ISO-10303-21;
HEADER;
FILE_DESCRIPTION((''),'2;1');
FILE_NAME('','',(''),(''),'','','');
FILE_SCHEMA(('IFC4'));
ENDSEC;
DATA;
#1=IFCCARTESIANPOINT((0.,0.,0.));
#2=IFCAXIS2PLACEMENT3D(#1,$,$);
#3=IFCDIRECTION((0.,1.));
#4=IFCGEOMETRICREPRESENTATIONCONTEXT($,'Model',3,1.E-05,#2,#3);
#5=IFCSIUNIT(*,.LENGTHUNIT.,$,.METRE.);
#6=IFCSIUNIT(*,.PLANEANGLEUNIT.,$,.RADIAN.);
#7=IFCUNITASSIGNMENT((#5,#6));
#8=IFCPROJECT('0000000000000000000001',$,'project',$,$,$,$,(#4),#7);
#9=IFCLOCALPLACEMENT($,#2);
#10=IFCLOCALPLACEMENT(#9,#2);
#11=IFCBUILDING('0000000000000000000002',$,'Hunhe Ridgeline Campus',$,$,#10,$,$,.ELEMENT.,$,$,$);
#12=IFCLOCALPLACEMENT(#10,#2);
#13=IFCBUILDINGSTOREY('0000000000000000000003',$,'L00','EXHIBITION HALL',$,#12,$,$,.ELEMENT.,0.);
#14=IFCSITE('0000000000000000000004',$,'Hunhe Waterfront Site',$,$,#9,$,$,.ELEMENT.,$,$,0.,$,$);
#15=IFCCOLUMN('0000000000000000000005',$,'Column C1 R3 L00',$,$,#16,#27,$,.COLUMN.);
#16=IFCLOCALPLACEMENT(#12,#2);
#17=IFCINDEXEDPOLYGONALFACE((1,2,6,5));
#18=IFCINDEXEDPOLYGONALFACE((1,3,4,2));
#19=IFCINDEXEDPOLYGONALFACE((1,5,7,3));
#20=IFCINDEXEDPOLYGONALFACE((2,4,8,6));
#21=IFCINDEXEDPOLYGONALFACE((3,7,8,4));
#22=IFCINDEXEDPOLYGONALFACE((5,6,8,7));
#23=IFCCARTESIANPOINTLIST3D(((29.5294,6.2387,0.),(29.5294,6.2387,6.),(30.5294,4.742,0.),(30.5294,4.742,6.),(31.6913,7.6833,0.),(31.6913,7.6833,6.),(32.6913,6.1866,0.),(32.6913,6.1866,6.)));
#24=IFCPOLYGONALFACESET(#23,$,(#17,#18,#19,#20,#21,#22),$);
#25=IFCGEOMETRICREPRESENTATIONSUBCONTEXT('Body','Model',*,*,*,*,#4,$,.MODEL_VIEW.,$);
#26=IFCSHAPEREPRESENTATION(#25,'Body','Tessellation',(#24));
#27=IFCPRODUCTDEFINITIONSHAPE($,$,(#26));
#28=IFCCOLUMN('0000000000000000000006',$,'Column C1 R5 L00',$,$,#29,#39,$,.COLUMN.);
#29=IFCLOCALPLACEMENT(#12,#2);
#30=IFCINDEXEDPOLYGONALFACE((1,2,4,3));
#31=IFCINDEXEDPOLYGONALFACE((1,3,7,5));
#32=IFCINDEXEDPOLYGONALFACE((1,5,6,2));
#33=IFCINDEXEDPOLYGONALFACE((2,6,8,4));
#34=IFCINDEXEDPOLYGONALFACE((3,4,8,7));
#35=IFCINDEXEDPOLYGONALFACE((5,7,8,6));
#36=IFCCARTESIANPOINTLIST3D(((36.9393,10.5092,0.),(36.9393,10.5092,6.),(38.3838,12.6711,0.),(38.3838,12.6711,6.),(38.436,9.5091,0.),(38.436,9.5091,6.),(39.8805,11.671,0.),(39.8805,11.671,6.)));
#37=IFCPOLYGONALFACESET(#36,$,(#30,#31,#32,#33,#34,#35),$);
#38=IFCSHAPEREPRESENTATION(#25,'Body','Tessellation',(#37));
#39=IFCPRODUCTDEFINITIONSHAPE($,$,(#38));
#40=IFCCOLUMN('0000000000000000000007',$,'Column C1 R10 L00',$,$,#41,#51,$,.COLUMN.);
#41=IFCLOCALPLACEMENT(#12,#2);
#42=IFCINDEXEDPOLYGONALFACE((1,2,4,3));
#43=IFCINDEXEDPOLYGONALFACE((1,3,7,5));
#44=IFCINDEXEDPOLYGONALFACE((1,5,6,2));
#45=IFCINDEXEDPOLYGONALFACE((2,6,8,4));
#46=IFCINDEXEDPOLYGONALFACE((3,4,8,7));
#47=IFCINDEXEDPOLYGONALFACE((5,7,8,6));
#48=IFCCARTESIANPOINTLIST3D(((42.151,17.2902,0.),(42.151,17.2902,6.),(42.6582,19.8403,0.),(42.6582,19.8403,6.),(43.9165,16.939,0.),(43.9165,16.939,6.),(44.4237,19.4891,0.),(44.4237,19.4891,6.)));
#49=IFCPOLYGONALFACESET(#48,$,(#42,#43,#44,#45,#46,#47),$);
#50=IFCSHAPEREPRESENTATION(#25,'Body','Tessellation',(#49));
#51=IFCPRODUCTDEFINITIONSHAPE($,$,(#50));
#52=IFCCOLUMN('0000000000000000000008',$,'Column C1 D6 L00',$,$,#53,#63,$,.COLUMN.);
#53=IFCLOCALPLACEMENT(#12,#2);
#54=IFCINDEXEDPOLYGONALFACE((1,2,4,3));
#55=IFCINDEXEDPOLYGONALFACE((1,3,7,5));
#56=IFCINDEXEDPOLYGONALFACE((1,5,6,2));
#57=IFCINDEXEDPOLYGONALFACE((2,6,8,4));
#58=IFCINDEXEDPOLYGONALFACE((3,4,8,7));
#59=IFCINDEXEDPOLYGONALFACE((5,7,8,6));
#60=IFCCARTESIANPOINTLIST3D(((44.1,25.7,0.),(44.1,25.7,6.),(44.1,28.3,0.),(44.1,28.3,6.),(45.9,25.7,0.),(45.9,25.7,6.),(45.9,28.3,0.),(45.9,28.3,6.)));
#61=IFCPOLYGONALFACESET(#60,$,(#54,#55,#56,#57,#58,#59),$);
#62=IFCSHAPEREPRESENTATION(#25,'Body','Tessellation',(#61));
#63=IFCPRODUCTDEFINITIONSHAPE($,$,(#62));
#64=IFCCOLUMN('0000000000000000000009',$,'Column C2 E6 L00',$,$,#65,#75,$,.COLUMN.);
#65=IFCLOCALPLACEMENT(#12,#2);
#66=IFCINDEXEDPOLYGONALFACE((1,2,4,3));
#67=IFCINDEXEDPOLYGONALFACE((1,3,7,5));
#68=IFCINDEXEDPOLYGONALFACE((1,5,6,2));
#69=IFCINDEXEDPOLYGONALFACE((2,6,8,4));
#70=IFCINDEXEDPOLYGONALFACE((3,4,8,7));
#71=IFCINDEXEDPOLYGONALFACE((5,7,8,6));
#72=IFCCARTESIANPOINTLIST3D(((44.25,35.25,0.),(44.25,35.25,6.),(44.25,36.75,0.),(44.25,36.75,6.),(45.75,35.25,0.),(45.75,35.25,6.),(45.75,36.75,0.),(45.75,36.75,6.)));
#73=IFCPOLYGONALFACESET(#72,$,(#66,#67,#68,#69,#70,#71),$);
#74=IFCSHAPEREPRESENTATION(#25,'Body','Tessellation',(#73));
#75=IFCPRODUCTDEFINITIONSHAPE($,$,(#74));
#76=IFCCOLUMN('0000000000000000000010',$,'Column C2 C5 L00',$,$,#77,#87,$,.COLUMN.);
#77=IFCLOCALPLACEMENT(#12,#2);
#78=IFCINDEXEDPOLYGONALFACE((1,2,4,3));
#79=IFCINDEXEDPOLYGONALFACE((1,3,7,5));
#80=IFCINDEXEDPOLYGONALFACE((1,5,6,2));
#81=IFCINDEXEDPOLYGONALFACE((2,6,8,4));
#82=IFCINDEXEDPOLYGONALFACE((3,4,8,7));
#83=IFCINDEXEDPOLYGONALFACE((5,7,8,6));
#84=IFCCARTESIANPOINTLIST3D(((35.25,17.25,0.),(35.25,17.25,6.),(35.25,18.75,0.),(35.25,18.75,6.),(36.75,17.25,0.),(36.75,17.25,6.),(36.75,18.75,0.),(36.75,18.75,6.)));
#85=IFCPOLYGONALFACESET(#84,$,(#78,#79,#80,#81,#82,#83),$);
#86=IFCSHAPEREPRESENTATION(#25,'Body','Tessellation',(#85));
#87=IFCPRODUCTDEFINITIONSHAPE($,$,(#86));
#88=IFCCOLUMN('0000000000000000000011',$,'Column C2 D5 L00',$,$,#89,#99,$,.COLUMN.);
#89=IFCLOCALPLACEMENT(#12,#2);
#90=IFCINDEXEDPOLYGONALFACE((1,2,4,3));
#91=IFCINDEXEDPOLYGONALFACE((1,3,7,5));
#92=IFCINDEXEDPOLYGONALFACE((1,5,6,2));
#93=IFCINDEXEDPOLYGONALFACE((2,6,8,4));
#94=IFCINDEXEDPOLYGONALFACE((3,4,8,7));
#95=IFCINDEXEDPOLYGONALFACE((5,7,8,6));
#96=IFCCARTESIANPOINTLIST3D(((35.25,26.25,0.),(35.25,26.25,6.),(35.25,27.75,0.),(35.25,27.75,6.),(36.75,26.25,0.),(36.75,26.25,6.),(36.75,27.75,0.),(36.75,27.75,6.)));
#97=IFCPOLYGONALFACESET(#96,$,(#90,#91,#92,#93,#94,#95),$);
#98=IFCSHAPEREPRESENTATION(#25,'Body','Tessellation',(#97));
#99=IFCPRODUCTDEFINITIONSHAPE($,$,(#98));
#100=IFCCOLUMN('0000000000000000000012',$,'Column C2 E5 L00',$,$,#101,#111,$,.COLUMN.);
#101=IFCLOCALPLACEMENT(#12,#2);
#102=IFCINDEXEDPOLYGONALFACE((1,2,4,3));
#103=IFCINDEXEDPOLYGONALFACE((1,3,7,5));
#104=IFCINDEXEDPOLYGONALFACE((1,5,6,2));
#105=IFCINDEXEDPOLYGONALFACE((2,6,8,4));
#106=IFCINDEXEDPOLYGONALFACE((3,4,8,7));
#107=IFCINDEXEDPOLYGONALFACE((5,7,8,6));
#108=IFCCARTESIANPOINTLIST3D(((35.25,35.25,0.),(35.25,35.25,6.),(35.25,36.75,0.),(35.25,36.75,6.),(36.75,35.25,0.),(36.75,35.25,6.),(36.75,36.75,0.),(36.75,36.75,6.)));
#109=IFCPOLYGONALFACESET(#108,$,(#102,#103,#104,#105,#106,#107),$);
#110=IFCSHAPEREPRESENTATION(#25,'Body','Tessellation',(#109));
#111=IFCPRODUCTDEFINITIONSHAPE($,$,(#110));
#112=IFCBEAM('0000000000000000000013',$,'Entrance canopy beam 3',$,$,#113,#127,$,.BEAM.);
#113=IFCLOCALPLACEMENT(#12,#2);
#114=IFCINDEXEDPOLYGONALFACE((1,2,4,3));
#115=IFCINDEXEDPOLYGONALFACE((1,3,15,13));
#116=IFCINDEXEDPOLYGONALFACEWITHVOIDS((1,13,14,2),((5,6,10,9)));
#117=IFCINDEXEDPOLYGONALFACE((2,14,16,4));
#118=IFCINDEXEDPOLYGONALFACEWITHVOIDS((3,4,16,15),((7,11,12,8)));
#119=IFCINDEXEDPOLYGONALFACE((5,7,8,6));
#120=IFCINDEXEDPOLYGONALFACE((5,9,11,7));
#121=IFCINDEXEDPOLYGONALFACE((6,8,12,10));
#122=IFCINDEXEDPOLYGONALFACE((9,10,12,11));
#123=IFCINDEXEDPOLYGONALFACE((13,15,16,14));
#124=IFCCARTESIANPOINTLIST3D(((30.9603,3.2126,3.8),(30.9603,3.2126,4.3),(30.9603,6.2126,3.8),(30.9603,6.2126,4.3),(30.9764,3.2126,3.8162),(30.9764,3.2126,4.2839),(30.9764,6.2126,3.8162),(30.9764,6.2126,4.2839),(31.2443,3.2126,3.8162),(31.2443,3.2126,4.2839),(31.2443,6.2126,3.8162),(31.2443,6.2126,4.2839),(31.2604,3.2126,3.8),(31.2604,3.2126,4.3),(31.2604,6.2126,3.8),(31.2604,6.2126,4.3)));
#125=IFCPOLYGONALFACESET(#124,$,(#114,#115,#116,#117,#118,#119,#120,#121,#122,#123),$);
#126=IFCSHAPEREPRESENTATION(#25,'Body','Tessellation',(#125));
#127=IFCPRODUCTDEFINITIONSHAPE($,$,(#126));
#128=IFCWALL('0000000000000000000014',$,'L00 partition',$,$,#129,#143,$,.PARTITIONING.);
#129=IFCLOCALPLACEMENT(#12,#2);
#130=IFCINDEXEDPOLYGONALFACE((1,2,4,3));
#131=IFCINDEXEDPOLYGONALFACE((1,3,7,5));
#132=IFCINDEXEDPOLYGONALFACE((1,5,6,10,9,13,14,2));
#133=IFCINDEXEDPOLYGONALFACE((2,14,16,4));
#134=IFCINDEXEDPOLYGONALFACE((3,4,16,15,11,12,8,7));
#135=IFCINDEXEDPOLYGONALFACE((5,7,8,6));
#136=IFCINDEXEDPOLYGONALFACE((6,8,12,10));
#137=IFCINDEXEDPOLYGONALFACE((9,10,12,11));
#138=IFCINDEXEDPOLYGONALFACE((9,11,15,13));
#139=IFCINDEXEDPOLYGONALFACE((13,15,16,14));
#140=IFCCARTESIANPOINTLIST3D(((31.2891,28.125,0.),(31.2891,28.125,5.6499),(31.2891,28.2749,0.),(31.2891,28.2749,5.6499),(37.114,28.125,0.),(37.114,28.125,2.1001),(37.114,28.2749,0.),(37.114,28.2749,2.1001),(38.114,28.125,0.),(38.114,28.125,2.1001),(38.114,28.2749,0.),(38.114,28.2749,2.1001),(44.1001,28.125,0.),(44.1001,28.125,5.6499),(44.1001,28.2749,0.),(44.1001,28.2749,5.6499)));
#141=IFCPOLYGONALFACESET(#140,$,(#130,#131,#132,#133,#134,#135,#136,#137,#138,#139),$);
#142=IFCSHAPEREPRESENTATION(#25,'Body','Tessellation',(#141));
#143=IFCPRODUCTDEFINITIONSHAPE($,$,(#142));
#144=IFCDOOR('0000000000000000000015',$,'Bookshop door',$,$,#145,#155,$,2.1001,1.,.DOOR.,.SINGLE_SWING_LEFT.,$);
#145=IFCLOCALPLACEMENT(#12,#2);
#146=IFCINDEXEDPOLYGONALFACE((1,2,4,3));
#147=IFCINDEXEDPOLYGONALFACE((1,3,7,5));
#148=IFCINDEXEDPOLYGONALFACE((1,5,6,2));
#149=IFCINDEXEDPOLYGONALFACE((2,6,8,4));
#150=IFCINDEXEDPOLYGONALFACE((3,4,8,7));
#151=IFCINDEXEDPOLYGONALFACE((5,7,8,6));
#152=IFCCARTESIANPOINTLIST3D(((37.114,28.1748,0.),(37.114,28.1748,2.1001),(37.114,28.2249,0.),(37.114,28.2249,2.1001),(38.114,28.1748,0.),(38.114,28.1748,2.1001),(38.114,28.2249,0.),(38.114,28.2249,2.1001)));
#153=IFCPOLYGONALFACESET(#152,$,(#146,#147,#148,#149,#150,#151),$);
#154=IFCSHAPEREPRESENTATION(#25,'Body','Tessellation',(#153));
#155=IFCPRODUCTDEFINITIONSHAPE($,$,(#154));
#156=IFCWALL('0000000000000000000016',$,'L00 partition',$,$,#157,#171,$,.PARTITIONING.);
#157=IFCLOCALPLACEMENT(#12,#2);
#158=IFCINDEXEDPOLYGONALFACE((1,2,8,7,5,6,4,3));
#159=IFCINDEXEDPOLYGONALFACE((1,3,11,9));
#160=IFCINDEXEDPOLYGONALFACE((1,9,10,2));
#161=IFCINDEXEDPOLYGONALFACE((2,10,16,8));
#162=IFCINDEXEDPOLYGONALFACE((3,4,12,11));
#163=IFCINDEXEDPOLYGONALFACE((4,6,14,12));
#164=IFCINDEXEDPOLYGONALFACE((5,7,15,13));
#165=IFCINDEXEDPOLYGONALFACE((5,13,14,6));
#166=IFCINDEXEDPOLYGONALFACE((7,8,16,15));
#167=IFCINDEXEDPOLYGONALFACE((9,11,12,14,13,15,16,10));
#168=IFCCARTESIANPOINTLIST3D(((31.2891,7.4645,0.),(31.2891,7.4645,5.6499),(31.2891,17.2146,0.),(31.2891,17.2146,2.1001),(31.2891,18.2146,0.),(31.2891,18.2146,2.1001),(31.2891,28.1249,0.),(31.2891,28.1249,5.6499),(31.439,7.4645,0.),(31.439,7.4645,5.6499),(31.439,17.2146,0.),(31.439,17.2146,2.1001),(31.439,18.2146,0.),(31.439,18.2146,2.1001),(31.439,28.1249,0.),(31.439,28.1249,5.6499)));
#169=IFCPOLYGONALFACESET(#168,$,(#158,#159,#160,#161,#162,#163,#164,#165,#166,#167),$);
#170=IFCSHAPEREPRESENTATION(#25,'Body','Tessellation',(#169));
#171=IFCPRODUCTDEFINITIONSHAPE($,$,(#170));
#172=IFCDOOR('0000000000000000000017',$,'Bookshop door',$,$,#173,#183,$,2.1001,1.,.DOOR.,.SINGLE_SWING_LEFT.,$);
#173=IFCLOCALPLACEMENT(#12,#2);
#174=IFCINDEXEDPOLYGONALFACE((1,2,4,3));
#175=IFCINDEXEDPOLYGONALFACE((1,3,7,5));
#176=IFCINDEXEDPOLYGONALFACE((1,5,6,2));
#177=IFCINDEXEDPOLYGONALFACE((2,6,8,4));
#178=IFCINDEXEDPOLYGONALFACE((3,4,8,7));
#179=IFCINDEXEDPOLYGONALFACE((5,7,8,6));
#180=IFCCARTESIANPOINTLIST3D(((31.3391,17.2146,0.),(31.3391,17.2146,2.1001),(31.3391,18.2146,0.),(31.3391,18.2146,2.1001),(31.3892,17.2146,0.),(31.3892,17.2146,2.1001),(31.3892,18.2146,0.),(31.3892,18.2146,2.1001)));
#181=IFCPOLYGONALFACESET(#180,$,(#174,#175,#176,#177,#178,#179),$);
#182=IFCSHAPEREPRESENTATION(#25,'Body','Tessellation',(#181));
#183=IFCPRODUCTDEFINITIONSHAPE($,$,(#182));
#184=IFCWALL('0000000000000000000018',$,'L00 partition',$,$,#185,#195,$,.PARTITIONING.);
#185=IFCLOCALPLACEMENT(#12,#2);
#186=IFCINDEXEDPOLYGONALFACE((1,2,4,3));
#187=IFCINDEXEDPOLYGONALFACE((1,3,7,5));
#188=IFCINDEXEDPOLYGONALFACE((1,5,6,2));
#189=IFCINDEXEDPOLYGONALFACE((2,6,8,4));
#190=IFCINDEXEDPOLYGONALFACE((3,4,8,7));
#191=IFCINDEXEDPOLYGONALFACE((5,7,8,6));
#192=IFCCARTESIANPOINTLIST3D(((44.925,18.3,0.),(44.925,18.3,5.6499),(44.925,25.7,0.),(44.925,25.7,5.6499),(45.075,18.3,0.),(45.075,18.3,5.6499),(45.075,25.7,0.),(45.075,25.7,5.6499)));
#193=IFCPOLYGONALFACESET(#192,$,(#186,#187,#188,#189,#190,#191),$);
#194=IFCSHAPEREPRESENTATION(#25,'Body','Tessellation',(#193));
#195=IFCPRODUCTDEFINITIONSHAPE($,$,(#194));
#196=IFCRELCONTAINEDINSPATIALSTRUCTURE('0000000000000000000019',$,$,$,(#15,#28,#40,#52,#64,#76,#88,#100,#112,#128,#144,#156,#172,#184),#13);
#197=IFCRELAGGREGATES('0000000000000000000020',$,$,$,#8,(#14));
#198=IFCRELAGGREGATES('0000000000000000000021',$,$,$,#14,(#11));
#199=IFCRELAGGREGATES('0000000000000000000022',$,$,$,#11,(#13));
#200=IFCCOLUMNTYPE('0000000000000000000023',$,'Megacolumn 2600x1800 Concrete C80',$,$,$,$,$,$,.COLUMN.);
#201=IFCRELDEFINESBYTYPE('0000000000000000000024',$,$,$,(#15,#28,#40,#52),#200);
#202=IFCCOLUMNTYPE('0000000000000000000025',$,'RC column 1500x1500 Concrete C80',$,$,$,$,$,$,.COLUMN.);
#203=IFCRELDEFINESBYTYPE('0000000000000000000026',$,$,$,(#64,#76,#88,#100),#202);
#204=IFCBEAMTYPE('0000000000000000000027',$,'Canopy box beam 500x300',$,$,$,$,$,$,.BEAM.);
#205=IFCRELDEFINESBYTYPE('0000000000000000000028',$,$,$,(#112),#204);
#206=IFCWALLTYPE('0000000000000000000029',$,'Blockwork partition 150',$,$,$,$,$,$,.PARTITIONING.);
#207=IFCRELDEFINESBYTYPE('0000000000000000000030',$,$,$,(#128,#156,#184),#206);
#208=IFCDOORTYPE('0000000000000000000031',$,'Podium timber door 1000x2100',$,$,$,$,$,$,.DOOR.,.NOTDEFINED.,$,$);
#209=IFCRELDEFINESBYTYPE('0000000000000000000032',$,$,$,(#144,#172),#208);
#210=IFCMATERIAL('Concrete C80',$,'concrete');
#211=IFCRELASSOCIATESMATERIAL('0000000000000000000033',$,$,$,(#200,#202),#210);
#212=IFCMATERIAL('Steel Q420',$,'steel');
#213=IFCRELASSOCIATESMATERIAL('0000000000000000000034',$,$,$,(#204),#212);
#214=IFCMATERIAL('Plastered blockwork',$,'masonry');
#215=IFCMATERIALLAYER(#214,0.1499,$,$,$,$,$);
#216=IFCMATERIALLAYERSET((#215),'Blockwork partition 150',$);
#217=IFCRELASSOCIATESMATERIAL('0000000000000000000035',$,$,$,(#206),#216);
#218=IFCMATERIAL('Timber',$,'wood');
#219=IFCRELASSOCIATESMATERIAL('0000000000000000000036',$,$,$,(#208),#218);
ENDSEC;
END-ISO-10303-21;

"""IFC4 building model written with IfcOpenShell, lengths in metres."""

from ifc_helpers import new_model, si_unit, direction, frame, frame_2d, origin, origin_2d, place, context, subcontext, project, spatial, rectangle, hollow_rectangle, extrude, material, layer, layer_set, material_profile, profile_set, type_object, element, fill, save


model = new_model("IFC4")

# Units and contexts
model_context = context("Model", 3, precision=1e-05, world=origin(), true_north=direction((0.0, 1.0)))
body_context = subcontext(model_context, "Body", "Model", "MODEL_VIEW")
ifc_project = project(units=[si_unit("LENGTHUNIT", "METRE"), si_unit("PLANEANGLEUNIT", "RADIAN")], contexts=[model_context])

# Site, building, storey
site_placement = place(None, origin())
site = spatial("IfcSite", under=ifc_project, at=site_placement, Name="Hunhe Waterfront Site", CompositionType="ELEMENT", RefElevation=0.0)
building_placement = place(site_placement, origin())
building = spatial("IfcBuilding", under=site, at=building_placement, Name="Hunhe Ridgeline Campus", CompositionType="ELEMENT")
storey_placement = place(building_placement, origin())
storey = spatial("IfcBuildingStorey", under=building, at=storey_placement, Name="L00", Description="EXHIBITION HALL", CompositionType="ELEMENT", Elevation=0.0)

# Columns
ifc_material_1 = material(Name="Concrete C80", Category="concrete")
ifc_material_profile_1 = material_profile(ifc_material_1, rectangle(XDim=2.6001, YDim=1.8, at=origin_2d()))
ifc_profile_set_1 = profile_set([ifc_material_profile_1], Name="Concrete C80")
column_type_1 = type_object("IfcColumnType", Name="Megacolumn 2600x1800 Concrete C80", PredefinedType="COLUMN", material=ifc_profile_set_1)
for number, where, z_axis, x_axis, name in (
    (1, (31.1104, 6.2126, 0.0), (0.0, 0.0, 1.0), (0.83147, 0.55557, 0.0), "Column C1 R3 L00"),
    (2, (38.4099, 11.0901, 0.0), (0.0, 0.0, 1.0), (0.55557, 0.83147, 0.0), "Column C1 R5 L00"),
    (3, (43.2874, 18.3896, 0.0), (0.0, 0.0, 1.0), (0.19509, 0.980785, 0.0), "Column C1 R10 L00"),
    (4, (45.0, 27.0, 0.0), (0.0, 0.0, 1.0), (0.0, 1.0, 0.0), "Column C1 D6 L00"),
):
    element("IfcColumn", number, at=place(storey_placement, frame(where, z_axis=z_axis, x_axis=x_axis)), inside=storey, type_object=column_type_1, Name=name, PredefinedType="COLUMN", context=body_context, shape_type="SweptSolid", body=[
        extrude(rectangle(XDim=2.6001, YDim=1.8, at=origin_2d()), origin(), (0.0, 0.0, 1.0), 6.0),
    ])
ifc_material_profile_2 = material_profile(ifc_material_1, rectangle(XDim=1.5, YDim=1.5, at=origin_2d()))
ifc_profile_set_2 = profile_set([ifc_material_profile_2], Name="Concrete C80")
column_type_2 = type_object("IfcColumnType", Name="RC column 1500x1500 Concrete C80", PredefinedType="COLUMN", material=ifc_profile_set_2)
for number, where, z_axis, x_axis, name in (
    (5, (45.0, 36.0, 0.0), (0.0, 0.0, 1.0), (1.0, 0.0, 0.0), "Column C2 E6 L00"),
    (6, (36.0, 18.0, 0.0), (0.0, 0.0, 1.0), (1.0, 0.0, 0.0), "Column C2 C5 L00"),
    (7, (36.0, 27.0, 0.0), (0.0, 0.0, 1.0), (1.0, 0.0, 0.0), "Column C2 D5 L00"),
    (8, (36.0, 36.0, 0.0), (0.0, 0.0, 1.0), (1.0, 0.0, 0.0), "Column C2 E5 L00"),
):
    element("IfcColumn", number, at=place(storey_placement, frame(where, z_axis=z_axis, x_axis=x_axis)), inside=storey, type_object=column_type_2, Name=name, PredefinedType="COLUMN", context=body_context, shape_type="SweptSolid", body=[
        extrude(rectangle(XDim=1.5, YDim=1.5, at=origin_2d()), origin(), (0.0, 0.0, 1.0), 6.0),
    ])

# Beam
ifc_material_2 = material(Name="Steel Q420", Category="steel")
ifc_material_profile_3 = material_profile(ifc_material_2, hollow_rectangle(XDim=0.3, YDim=0.5, WallThickness=0.0161, at=origin_2d()))
ifc_profile_set_3 = profile_set([ifc_material_profile_3], Name="Steel Q420")
beam_type = type_object("IfcBeamType", Name="Canopy box beam 500x300", PredefinedType="BEAM", material=ifc_profile_set_3)
beam_placement = place(storey_placement, frame((31.1104, 6.2126, 4.05), z_axis=(0.0, -1.0, 0.0), x_axis=(1.0, 0.0, 0.0)))
element("IfcBeam", 9, at=beam_placement, inside=storey, type_object=beam_type, Name="Entrance canopy beam 3", PredefinedType="BEAM", context=body_context, shape_type="SweptSolid", body=[
    extrude(hollow_rectangle(XDim=0.3, YDim=0.5, WallThickness=0.0161, at=origin_2d()), origin(), (0.0, 0.0, 1.0), 3.0),
])

# Walls, openings, doors
ifc_material_3 = material(Name="Plastered blockwork", Category="masonry")
ifc_layer_1 = layer(ifc_material_3, 0.1499)
ifc_layer_set_1 = layer_set([ifc_layer_1], Name="Blockwork partition 150")
wall_type_1 = type_object("IfcWallType", Name="Blockwork partition 150", PredefinedType="PARTITIONING", material=ifc_layer_set_1)
wall_1_placement = place(storey_placement, frame((31.2891, 28.2, 0.0), z_axis=(0.0, 0.0, 1.0), x_axis=(1.0, 0.0, 0.0)))
wall_1 = element("IfcWall", 10, at=wall_1_placement, inside=storey, type_object=wall_type_1, Name="L00 partition", PredefinedType="PARTITIONING", context=body_context, shape_type="SweptSolid", body=[
    extrude(rectangle(XDim=12.811, YDim=0.1499, at=frame_2d((6.4055, 0.0))), origin(), (0.0, 0.0, 1.0), 5.6499),
])
opening_1_placement = place(wall_1_placement, frame((5.825, 0.0, 0.0)))
opening_1 = element("IfcOpeningElement", 11, at=opening_1_placement, cuts=wall_1, PredefinedType="OPENING", context=body_context, shape_type="SweptSolid", body=[
    extrude(rectangle(XDim=1.0, YDim=2.1001, at=frame_2d((0.5, 1.05))), frame((0.0, 0.075, 0.0), z_axis=(0.0, -1.0, 0.0), x_axis=(1.0, 0.0, 0.0)), (0.0, 0.0, 1.0), 0.1499),
])
ifc_material_4 = material(Name="Timber", Category="wood")
door_type_1 = type_object("IfcDoorType", Name="Podium timber door 1000x2100", OperationType="NOTDEFINED", PredefinedType="DOOR", material=ifc_material_4)
door_1_placement = place(opening_1_placement, origin())
door_1 = element("IfcDoor", 12, at=door_1_placement, inside=storey, type_object=door_type_1, Name="Bookshop door", OperationType="SINGLE_SWING_LEFT", OverallHeight=2.1001, OverallWidth=1.0, PredefinedType="DOOR", context=body_context, shape_type="SweptSolid", body=[
    extrude(rectangle(XDim=1.0, YDim=2.1001, at=frame_2d((0.5, 1.05))), frame((0.0, 0.0249, 0.0), z_axis=(0.0, -1.0, 0.0), x_axis=(1.0, 0.0, 0.0)), (0.0, 0.0, 1.0), 0.05),
])
fill(opening_1, door_1)
wall_2_placement = place(storey_placement, frame((31.364, 7.4646, 0.0), z_axis=(0.0, 0.0, 1.0), x_axis=(0.0, 1.0, 0.0)))
wall_2 = element("IfcWall", 13, at=wall_2_placement, inside=storey, type_object=wall_type_1, Name="L00 partition", PredefinedType="PARTITIONING", context=body_context, shape_type="SweptSolid", body=[
    extrude(rectangle(XDim=20.6604, YDim=0.1499, at=frame_2d((10.3301, 0.0))), origin(), (0.0, 0.0, 1.0), 5.6499),
])
opening_2_placement = place(wall_2_placement, frame((9.75, 0.0, 0.0)))
opening_2 = element("IfcOpeningElement", 14, at=opening_2_placement, cuts=wall_2, PredefinedType="OPENING", context=body_context, shape_type="SweptSolid", body=[
    extrude(rectangle(XDim=1.0, YDim=2.1001, at=frame_2d((0.5, 1.05))), frame((0.0, 0.075, 0.0), z_axis=(0.0, -1.0, 0.0), x_axis=(1.0, 0.0, 0.0)), (0.0, 0.0, 1.0), 0.1499),
])
door_2_placement = place(opening_2_placement, origin())
door_2 = element("IfcDoor", 15, at=door_2_placement, inside=storey, type_object=door_type_1, Name="Bookshop door", OperationType="SINGLE_SWING_LEFT", OverallHeight=2.1001, OverallWidth=1.0, PredefinedType="DOOR", context=body_context, shape_type="SweptSolid", body=[
    extrude(rectangle(XDim=1.0, YDim=2.1001, at=frame_2d((0.5, 1.05))), frame((0.0, 0.0249, 0.0), z_axis=(0.0, -1.0, 0.0), x_axis=(1.0, 0.0, 0.0)), (0.0, 0.0, 1.0), 0.05),
])
fill(opening_2, door_2)

# Wall
wall_3_placement = place(storey_placement, frame((45.0, 25.7, 0.0), z_axis=(0.0, 0.0, 1.0), x_axis=(0.0, -1.0, 0.0)))
element("IfcWall", 16, at=wall_3_placement, inside=storey, type_object=wall_type_1, Name="L00 partition", PredefinedType="PARTITIONING", context=body_context, shape_type="SweptSolid", body=[
    extrude(rectangle(XDim=7.3999, YDim=0.1499, at=frame_2d((3.7, 0.0))), origin(), (0.0, 0.0, 1.0), 5.6499),
])

save(model, "model.ifc")
